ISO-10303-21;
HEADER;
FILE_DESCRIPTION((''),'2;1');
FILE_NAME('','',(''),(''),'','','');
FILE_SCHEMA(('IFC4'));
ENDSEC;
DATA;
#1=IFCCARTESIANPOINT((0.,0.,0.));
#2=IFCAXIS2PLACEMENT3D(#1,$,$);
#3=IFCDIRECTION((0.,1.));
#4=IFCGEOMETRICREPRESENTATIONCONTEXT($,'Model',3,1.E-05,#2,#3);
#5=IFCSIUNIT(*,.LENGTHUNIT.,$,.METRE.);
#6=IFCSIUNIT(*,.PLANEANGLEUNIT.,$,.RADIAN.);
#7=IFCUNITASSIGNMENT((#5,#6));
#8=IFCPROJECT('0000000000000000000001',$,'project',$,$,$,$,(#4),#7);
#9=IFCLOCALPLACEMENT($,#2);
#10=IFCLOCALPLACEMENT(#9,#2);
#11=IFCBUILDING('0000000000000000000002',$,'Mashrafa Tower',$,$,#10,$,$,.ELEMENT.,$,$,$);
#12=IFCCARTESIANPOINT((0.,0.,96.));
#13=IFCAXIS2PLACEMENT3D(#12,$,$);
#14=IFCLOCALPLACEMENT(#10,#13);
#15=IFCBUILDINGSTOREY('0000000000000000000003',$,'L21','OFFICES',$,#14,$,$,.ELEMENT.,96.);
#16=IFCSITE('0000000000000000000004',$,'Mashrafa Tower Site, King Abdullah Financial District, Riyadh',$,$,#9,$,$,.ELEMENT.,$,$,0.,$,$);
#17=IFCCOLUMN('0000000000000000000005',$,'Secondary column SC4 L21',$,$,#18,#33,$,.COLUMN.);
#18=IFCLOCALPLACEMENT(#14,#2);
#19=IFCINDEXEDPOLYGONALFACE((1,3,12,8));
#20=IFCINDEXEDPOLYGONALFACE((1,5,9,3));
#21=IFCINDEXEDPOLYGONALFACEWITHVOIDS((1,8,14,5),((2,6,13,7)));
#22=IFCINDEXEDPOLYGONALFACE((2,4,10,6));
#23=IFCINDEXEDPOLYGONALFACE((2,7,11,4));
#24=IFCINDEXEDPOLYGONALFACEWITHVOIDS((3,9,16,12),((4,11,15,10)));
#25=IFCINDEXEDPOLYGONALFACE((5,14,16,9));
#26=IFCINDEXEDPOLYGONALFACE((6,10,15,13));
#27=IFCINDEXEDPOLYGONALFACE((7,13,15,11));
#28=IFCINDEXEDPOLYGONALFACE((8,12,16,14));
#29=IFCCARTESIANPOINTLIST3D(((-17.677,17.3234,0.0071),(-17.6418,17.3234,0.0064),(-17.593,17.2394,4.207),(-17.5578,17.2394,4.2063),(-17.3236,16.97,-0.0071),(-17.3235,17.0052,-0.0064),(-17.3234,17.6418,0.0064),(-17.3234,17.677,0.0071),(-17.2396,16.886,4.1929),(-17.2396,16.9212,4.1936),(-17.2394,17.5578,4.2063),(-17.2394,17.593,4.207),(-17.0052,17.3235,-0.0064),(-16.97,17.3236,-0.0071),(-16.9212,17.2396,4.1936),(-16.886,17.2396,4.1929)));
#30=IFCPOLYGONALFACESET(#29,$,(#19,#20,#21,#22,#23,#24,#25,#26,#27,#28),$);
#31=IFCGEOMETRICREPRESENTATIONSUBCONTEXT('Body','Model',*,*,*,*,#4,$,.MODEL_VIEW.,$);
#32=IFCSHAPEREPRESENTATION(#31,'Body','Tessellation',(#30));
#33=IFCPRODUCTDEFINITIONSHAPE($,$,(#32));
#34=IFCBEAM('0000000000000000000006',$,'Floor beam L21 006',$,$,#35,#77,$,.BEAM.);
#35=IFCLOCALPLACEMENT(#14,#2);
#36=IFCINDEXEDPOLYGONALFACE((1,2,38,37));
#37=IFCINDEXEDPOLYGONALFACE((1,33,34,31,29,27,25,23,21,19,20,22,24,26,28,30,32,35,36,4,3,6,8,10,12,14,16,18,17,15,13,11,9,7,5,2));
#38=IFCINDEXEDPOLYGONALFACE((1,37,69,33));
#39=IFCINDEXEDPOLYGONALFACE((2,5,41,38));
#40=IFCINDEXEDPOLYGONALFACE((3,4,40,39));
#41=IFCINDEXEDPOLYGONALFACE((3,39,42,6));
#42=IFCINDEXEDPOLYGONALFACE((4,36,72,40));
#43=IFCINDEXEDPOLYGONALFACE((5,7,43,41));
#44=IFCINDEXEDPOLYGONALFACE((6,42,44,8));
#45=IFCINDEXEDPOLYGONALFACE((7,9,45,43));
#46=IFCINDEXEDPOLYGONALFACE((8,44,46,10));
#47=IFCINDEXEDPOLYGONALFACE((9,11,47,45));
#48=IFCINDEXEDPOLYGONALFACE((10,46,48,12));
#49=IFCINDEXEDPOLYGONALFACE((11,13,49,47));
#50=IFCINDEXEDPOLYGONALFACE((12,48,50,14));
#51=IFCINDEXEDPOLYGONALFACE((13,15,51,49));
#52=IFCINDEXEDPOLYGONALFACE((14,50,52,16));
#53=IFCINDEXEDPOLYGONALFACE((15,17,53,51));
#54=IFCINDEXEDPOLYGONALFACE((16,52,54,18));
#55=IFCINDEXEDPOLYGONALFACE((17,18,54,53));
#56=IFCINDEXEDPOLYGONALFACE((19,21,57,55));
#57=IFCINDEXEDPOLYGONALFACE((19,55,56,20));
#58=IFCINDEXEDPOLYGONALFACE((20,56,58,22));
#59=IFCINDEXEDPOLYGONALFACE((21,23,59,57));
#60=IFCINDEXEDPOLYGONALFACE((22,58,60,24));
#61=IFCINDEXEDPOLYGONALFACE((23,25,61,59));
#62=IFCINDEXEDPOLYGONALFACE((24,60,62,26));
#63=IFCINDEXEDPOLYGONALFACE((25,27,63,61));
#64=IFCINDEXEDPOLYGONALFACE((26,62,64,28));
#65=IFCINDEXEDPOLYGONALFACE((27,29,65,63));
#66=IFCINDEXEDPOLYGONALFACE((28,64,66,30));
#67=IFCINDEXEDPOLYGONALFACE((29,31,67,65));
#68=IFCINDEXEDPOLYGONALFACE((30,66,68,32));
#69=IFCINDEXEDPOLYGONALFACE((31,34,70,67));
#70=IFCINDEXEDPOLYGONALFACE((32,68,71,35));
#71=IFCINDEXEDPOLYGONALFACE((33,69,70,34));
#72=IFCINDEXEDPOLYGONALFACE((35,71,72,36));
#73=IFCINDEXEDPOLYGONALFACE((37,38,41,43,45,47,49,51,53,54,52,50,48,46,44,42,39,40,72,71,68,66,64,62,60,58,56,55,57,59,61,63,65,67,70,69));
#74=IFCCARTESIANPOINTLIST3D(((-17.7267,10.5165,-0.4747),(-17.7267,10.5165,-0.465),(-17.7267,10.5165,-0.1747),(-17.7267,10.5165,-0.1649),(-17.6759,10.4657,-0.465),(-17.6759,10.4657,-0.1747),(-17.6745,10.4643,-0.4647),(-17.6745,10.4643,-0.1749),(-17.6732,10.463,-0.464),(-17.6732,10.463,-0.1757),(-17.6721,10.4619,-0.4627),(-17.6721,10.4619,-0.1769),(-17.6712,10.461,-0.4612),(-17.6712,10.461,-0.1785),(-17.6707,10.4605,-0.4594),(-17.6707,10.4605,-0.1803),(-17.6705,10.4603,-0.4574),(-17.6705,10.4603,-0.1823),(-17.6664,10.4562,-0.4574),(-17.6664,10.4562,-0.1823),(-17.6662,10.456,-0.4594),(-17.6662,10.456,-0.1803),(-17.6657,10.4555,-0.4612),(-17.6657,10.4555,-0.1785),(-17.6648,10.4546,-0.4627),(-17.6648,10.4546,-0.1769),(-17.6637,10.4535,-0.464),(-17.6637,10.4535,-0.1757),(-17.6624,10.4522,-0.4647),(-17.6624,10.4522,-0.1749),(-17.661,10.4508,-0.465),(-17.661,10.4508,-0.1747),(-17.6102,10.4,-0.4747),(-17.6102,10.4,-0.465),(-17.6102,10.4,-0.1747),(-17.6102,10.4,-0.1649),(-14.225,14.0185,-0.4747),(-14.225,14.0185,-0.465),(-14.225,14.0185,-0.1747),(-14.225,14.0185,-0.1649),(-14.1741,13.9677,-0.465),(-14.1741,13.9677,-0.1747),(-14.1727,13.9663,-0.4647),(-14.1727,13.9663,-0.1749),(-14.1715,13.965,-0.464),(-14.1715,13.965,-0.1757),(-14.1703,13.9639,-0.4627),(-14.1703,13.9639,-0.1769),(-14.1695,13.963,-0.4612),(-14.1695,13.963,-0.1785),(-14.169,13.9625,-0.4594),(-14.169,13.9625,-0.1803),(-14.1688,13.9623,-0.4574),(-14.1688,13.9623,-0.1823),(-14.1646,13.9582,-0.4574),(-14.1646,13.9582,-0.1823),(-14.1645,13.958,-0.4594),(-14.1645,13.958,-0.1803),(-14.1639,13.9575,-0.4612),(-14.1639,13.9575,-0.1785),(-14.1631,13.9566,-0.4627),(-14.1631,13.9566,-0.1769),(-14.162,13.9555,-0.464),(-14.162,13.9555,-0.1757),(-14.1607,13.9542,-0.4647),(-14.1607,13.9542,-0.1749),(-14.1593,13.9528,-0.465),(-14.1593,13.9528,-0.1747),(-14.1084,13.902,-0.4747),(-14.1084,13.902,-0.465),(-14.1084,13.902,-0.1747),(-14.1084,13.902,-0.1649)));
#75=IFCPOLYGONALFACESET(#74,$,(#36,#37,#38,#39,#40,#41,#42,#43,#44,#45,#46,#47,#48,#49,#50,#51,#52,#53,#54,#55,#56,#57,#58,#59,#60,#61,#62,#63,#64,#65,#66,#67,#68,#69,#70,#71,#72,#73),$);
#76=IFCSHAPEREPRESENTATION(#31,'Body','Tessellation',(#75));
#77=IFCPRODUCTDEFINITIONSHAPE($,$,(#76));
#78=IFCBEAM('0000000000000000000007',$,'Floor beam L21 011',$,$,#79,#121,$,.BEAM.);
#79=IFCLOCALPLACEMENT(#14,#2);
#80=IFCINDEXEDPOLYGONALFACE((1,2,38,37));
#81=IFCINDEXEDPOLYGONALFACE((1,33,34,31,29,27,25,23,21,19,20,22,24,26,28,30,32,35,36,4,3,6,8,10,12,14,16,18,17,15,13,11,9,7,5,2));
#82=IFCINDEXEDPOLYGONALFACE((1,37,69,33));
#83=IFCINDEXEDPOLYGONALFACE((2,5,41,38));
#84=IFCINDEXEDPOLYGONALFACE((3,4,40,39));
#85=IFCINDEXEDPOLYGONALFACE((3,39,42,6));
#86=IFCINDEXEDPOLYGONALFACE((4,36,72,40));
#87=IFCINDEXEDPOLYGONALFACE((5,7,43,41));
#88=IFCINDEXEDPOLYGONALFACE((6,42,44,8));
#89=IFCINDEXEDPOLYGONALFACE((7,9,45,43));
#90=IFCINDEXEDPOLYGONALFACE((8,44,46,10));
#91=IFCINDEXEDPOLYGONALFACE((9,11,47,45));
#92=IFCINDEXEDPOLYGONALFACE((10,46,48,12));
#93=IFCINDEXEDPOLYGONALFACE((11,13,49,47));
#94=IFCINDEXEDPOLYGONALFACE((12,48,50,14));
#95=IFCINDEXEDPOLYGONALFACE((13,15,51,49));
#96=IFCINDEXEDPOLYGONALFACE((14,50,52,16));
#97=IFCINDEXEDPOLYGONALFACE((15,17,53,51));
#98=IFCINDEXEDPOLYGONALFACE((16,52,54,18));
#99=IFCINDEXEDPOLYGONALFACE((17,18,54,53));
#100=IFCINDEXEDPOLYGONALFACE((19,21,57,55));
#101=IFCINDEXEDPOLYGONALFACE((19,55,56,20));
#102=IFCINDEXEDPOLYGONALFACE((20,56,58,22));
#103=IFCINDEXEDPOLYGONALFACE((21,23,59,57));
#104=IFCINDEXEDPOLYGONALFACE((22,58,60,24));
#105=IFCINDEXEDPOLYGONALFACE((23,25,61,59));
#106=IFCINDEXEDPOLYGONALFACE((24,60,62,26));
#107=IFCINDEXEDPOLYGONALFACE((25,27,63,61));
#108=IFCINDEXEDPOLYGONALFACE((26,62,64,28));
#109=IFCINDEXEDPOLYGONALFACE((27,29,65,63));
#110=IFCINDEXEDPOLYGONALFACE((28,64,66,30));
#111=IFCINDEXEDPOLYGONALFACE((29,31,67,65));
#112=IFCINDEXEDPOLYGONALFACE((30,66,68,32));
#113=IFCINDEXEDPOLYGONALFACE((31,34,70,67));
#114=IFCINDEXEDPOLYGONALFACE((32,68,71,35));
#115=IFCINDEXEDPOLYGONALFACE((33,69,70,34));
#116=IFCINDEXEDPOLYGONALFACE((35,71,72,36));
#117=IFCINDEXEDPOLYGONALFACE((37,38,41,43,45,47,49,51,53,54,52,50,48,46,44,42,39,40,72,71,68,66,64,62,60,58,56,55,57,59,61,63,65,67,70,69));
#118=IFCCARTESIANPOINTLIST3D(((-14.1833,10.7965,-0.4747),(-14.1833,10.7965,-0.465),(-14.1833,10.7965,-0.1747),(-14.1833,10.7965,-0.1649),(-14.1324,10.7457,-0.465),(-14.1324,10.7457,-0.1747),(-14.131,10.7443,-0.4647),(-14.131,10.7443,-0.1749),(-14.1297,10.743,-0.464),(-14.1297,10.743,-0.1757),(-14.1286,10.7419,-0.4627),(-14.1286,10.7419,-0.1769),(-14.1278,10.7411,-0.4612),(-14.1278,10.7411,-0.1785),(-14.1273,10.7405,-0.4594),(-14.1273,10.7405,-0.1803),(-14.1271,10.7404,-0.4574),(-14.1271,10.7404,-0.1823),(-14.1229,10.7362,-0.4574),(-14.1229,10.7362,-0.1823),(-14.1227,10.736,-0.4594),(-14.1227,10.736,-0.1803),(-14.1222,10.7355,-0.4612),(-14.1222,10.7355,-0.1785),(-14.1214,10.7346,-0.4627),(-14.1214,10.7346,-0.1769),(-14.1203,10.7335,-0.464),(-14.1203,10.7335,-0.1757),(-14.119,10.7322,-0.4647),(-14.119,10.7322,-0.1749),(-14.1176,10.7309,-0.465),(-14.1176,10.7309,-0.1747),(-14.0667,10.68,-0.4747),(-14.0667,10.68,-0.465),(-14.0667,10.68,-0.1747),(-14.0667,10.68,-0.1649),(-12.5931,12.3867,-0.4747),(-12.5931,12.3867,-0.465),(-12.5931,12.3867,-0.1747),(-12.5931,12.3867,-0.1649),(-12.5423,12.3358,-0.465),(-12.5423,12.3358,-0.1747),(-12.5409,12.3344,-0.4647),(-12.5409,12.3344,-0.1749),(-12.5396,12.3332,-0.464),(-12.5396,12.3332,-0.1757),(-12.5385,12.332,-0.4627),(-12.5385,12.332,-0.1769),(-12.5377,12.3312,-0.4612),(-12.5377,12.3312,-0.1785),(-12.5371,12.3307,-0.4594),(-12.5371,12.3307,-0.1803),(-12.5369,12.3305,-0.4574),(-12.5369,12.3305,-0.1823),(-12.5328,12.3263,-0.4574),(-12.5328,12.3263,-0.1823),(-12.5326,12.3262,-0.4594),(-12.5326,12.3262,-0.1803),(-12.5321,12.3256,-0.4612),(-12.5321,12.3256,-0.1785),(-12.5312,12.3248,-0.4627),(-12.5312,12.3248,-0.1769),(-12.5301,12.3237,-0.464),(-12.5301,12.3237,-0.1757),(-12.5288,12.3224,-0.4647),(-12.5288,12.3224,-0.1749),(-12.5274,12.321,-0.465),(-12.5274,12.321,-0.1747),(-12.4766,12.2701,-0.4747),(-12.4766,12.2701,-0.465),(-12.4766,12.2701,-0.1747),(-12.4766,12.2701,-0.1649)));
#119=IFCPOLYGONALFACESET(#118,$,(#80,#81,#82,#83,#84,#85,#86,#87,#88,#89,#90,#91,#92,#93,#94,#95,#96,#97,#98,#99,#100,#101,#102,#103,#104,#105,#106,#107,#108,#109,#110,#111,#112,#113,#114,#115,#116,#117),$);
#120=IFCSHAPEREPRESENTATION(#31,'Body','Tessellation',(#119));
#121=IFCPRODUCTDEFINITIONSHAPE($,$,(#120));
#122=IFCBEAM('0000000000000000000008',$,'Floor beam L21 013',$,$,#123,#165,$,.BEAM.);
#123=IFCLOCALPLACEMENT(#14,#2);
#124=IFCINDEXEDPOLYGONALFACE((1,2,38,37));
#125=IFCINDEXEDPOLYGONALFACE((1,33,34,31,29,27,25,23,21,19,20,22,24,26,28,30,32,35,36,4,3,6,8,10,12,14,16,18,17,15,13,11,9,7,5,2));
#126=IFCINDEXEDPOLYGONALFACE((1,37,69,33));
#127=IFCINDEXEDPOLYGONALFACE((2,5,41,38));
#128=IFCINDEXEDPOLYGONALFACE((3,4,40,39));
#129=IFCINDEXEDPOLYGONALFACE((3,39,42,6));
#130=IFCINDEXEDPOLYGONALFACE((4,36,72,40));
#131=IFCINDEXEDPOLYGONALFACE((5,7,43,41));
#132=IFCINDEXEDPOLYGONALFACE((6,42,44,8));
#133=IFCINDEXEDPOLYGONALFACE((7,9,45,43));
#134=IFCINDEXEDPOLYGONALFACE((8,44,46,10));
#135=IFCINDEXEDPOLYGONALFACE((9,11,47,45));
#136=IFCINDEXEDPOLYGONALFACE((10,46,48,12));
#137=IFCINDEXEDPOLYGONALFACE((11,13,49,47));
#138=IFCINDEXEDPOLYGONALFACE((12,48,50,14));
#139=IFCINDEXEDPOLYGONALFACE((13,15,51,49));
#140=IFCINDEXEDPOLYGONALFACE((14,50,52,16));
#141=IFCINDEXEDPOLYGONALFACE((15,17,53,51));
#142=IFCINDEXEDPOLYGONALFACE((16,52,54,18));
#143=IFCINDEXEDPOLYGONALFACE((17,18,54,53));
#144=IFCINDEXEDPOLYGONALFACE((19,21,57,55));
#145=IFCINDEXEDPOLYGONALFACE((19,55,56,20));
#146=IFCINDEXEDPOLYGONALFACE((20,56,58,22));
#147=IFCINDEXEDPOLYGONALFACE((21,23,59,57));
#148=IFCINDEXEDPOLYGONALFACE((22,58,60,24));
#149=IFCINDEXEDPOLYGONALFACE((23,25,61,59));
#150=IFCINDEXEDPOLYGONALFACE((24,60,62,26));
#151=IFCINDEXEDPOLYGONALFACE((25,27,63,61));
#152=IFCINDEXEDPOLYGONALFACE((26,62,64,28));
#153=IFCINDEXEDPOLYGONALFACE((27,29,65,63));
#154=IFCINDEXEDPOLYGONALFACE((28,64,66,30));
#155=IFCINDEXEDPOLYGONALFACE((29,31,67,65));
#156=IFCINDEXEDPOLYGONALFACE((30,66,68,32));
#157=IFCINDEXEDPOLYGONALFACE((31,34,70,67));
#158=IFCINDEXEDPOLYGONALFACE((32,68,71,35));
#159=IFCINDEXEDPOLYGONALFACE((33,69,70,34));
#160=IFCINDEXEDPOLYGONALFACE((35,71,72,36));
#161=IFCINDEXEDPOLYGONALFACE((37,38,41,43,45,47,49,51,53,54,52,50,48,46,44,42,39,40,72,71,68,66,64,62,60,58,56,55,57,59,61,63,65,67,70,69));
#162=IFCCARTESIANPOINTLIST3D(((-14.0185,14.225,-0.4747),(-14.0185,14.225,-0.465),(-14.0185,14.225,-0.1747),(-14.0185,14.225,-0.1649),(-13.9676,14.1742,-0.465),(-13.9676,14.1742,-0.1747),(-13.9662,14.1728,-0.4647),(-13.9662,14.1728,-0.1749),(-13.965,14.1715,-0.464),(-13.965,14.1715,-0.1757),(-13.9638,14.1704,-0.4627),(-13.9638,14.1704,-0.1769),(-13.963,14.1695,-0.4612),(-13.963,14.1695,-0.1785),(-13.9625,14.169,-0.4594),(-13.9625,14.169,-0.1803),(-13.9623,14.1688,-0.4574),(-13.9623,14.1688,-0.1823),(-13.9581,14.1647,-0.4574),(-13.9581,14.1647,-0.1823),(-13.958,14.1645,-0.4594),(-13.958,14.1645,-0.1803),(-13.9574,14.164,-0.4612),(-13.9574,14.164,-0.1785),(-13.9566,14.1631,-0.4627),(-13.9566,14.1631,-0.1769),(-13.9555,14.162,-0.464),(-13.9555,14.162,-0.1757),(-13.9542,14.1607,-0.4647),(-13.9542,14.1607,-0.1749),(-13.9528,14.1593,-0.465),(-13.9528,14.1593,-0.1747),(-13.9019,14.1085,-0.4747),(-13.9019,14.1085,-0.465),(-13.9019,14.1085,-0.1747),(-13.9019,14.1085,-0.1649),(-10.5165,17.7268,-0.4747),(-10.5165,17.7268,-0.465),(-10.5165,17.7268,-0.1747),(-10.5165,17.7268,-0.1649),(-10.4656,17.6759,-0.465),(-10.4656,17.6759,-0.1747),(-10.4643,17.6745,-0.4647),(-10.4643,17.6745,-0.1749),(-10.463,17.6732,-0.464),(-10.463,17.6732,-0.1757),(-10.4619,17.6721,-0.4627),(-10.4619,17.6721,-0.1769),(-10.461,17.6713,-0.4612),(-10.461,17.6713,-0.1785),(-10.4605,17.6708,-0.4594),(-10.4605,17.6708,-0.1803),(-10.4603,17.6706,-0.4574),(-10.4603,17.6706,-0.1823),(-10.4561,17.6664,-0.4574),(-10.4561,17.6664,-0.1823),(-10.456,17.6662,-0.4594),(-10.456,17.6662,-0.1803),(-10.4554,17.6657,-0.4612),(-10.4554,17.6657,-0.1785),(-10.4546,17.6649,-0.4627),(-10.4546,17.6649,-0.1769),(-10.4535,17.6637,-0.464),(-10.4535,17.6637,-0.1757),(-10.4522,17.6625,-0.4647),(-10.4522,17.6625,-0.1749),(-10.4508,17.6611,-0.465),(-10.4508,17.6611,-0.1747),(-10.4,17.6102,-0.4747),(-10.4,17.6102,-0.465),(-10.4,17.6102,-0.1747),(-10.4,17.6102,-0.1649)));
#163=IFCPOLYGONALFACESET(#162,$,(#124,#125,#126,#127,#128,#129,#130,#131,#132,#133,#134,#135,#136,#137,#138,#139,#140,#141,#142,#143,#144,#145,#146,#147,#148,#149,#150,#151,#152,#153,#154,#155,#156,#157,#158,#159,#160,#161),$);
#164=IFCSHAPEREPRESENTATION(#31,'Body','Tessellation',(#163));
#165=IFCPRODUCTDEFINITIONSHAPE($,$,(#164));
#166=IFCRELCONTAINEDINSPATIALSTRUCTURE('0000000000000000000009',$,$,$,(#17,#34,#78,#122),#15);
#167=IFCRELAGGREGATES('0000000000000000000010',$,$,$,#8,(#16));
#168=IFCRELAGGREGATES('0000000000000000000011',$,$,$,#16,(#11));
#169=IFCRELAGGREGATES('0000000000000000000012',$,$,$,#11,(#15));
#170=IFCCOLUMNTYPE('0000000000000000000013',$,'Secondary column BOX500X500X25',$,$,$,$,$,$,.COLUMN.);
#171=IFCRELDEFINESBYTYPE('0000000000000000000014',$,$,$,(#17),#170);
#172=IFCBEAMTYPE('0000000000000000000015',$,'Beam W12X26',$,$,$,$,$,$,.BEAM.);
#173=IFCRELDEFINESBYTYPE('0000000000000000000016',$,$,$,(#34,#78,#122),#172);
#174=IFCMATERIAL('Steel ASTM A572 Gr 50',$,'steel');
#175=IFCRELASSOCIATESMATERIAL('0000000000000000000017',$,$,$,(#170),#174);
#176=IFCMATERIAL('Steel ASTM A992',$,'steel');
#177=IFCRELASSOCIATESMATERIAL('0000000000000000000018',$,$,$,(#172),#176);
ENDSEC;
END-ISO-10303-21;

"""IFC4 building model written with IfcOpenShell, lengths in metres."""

from ifc_helpers import new_model, si_unit, direction, frame, origin, origin_2d, place, context, subcontext, project, spatial, hollow_rectangle, i_section, extrude, material, material_profile, profile_set, type_object, element, save


model = new_model("IFC4")

# Units and contexts
model_context = context("Model", 3, precision=1e-05, world=origin(), true_north=direction((0.0, 1.0)))
body_context = subcontext(model_context, "Body", "Model", "MODEL_VIEW")
ifc_project = project(units=[si_unit("LENGTHUNIT", "METRE"), si_unit("PLANEANGLEUNIT", "RADIAN")], contexts=[model_context])

# Site, building, storey
site_placement = place(None, origin())
site = spatial("IfcSite", under=ifc_project, at=site_placement, Name="Mashrafa Tower Site, King Abdullah Financial District, Riyadh", CompositionType="ELEMENT", RefElevation=0.0)
building_placement = place(site_placement, origin())
building = spatial("IfcBuilding", under=site, at=building_placement, Name="Mashrafa Tower", CompositionType="ELEMENT")
storey_placement = place(building_placement, frame((0.0, 0.0, 96.0)))
storey = spatial("IfcBuildingStorey", under=building, at=storey_placement, Name="L21", Description="OFFICES", CompositionType="ELEMENT", Elevation=96.0)

# Column
ifc_material_1 = material(Name="Steel ASTM A572 Gr 50", Category="steel")
ifc_material_profile_1 = material_profile(ifc_material_1, hollow_rectangle(XDim=0.5, YDim=0.5, WallThickness=0.0249, at=origin_2d()), Name="BOX500X500X25")
ifc_profile_set_1 = profile_set([ifc_material_profile_1], Name="Steel ASTM A572 Gr 50")
column_type = type_object("IfcColumnType", Name="Secondary column BOX500X500X25", PredefinedType="COLUMN", material=ifc_profile_set_1)
column_placement = place(storey_placement, frame((-17.3235, 17.3235, 0.0), z_axis=(0.019989, -0.019989, 0.9996), x_axis=(0.707107, 0.707107, 0.0)))
element("IfcColumn", 1, at=column_placement, inside=storey, type_object=column_type, Name="Secondary column SC4 L21", PredefinedType="COLUMN", context=body_context, shape_type="SweptSolid", body=[
    extrude(hollow_rectangle(XDim=0.5, YDim=0.5, WallThickness=0.0249, at=origin_2d()), origin(), (0.0, 0.0, 1.0), 4.2017),
])

# Beams
ifc_material_2 = material(Name="Steel ASTM A992", Category="steel")
ifc_material_profile_2 = material_profile(ifc_material_2, i_section(OverallWidth=0.1648, OverallDepth=0.3098, WebThickness=0.0059, FlangeThickness=0.0098, FilletRadius=0.0076, at=origin_2d()), Name="W12X26")
ifc_profile_set_2 = profile_set([ifc_material_profile_2], Name="Steel ASTM A992")
beam_type_1 = type_object("IfcBeamType", Name="Beam W12X26", PredefinedType="BEAM", material=ifc_profile_set_2)
beam_1_placement = place(storey_placement, frame((-17.6685, 10.4583, -0.3198), z_axis=(0.707082, 0.707131, 0.0), x_axis=(-0.707131, 0.707082, 0.0)))
element("IfcBeam", 2, at=beam_1_placement, inside=storey, type_object=beam_type_1, Name="Floor beam L21 006", PredefinedType="BEAM", context=body_context, shape_type="SweptSolid", body=[
    extrude(i_section(OverallWidth=0.1648, OverallDepth=0.3098, WebThickness=0.0059, FlangeThickness=0.0098, FilletRadius=0.0076, at=origin_2d()), origin(), (0.0, 0.0, 1.0), 4.9524),
])
beam_2_placement = place(storey_placement, frame((-14.125, 10.7383, -0.3198), z_axis=(0.707107, 0.707107, 0.0), x_axis=(-0.707107, 0.707107, 0.0)))
element("IfcBeam", 3, at=beam_2_placement, inside=storey, type_object=beam_type_1, Name="Floor beam L21 011", PredefinedType="BEAM", context=body_context, shape_type="SweptSolid", body=[
    extrude(i_section(OverallWidth=0.1648, OverallDepth=0.3098, WebThickness=0.0059, FlangeThickness=0.0098, FilletRadius=0.0076, at=origin_2d()), origin(), (0.0, 0.0, 1.0), 2.2488),
])
beam_3_placement = place(storey_placement, frame((-13.9602, 14.1667, -0.3198), z_axis=(0.707131, 0.707082, 0.0), x_axis=(-0.707082, 0.707131, 0.0)))
element("IfcBeam", 4, at=beam_3_placement, inside=storey, type_object=beam_type_1, Name="Floor beam L21 013", PredefinedType="BEAM", context=body_context, shape_type="SweptSolid", body=[
    extrude(i_section(OverallWidth=0.1648, OverallDepth=0.3098, WebThickness=0.0059, FlangeThickness=0.0098, FilletRadius=0.0076, at=origin_2d()), origin(), (0.0, 0.0, 1.0), 4.9524),
])

save(model, "model.ifc")
